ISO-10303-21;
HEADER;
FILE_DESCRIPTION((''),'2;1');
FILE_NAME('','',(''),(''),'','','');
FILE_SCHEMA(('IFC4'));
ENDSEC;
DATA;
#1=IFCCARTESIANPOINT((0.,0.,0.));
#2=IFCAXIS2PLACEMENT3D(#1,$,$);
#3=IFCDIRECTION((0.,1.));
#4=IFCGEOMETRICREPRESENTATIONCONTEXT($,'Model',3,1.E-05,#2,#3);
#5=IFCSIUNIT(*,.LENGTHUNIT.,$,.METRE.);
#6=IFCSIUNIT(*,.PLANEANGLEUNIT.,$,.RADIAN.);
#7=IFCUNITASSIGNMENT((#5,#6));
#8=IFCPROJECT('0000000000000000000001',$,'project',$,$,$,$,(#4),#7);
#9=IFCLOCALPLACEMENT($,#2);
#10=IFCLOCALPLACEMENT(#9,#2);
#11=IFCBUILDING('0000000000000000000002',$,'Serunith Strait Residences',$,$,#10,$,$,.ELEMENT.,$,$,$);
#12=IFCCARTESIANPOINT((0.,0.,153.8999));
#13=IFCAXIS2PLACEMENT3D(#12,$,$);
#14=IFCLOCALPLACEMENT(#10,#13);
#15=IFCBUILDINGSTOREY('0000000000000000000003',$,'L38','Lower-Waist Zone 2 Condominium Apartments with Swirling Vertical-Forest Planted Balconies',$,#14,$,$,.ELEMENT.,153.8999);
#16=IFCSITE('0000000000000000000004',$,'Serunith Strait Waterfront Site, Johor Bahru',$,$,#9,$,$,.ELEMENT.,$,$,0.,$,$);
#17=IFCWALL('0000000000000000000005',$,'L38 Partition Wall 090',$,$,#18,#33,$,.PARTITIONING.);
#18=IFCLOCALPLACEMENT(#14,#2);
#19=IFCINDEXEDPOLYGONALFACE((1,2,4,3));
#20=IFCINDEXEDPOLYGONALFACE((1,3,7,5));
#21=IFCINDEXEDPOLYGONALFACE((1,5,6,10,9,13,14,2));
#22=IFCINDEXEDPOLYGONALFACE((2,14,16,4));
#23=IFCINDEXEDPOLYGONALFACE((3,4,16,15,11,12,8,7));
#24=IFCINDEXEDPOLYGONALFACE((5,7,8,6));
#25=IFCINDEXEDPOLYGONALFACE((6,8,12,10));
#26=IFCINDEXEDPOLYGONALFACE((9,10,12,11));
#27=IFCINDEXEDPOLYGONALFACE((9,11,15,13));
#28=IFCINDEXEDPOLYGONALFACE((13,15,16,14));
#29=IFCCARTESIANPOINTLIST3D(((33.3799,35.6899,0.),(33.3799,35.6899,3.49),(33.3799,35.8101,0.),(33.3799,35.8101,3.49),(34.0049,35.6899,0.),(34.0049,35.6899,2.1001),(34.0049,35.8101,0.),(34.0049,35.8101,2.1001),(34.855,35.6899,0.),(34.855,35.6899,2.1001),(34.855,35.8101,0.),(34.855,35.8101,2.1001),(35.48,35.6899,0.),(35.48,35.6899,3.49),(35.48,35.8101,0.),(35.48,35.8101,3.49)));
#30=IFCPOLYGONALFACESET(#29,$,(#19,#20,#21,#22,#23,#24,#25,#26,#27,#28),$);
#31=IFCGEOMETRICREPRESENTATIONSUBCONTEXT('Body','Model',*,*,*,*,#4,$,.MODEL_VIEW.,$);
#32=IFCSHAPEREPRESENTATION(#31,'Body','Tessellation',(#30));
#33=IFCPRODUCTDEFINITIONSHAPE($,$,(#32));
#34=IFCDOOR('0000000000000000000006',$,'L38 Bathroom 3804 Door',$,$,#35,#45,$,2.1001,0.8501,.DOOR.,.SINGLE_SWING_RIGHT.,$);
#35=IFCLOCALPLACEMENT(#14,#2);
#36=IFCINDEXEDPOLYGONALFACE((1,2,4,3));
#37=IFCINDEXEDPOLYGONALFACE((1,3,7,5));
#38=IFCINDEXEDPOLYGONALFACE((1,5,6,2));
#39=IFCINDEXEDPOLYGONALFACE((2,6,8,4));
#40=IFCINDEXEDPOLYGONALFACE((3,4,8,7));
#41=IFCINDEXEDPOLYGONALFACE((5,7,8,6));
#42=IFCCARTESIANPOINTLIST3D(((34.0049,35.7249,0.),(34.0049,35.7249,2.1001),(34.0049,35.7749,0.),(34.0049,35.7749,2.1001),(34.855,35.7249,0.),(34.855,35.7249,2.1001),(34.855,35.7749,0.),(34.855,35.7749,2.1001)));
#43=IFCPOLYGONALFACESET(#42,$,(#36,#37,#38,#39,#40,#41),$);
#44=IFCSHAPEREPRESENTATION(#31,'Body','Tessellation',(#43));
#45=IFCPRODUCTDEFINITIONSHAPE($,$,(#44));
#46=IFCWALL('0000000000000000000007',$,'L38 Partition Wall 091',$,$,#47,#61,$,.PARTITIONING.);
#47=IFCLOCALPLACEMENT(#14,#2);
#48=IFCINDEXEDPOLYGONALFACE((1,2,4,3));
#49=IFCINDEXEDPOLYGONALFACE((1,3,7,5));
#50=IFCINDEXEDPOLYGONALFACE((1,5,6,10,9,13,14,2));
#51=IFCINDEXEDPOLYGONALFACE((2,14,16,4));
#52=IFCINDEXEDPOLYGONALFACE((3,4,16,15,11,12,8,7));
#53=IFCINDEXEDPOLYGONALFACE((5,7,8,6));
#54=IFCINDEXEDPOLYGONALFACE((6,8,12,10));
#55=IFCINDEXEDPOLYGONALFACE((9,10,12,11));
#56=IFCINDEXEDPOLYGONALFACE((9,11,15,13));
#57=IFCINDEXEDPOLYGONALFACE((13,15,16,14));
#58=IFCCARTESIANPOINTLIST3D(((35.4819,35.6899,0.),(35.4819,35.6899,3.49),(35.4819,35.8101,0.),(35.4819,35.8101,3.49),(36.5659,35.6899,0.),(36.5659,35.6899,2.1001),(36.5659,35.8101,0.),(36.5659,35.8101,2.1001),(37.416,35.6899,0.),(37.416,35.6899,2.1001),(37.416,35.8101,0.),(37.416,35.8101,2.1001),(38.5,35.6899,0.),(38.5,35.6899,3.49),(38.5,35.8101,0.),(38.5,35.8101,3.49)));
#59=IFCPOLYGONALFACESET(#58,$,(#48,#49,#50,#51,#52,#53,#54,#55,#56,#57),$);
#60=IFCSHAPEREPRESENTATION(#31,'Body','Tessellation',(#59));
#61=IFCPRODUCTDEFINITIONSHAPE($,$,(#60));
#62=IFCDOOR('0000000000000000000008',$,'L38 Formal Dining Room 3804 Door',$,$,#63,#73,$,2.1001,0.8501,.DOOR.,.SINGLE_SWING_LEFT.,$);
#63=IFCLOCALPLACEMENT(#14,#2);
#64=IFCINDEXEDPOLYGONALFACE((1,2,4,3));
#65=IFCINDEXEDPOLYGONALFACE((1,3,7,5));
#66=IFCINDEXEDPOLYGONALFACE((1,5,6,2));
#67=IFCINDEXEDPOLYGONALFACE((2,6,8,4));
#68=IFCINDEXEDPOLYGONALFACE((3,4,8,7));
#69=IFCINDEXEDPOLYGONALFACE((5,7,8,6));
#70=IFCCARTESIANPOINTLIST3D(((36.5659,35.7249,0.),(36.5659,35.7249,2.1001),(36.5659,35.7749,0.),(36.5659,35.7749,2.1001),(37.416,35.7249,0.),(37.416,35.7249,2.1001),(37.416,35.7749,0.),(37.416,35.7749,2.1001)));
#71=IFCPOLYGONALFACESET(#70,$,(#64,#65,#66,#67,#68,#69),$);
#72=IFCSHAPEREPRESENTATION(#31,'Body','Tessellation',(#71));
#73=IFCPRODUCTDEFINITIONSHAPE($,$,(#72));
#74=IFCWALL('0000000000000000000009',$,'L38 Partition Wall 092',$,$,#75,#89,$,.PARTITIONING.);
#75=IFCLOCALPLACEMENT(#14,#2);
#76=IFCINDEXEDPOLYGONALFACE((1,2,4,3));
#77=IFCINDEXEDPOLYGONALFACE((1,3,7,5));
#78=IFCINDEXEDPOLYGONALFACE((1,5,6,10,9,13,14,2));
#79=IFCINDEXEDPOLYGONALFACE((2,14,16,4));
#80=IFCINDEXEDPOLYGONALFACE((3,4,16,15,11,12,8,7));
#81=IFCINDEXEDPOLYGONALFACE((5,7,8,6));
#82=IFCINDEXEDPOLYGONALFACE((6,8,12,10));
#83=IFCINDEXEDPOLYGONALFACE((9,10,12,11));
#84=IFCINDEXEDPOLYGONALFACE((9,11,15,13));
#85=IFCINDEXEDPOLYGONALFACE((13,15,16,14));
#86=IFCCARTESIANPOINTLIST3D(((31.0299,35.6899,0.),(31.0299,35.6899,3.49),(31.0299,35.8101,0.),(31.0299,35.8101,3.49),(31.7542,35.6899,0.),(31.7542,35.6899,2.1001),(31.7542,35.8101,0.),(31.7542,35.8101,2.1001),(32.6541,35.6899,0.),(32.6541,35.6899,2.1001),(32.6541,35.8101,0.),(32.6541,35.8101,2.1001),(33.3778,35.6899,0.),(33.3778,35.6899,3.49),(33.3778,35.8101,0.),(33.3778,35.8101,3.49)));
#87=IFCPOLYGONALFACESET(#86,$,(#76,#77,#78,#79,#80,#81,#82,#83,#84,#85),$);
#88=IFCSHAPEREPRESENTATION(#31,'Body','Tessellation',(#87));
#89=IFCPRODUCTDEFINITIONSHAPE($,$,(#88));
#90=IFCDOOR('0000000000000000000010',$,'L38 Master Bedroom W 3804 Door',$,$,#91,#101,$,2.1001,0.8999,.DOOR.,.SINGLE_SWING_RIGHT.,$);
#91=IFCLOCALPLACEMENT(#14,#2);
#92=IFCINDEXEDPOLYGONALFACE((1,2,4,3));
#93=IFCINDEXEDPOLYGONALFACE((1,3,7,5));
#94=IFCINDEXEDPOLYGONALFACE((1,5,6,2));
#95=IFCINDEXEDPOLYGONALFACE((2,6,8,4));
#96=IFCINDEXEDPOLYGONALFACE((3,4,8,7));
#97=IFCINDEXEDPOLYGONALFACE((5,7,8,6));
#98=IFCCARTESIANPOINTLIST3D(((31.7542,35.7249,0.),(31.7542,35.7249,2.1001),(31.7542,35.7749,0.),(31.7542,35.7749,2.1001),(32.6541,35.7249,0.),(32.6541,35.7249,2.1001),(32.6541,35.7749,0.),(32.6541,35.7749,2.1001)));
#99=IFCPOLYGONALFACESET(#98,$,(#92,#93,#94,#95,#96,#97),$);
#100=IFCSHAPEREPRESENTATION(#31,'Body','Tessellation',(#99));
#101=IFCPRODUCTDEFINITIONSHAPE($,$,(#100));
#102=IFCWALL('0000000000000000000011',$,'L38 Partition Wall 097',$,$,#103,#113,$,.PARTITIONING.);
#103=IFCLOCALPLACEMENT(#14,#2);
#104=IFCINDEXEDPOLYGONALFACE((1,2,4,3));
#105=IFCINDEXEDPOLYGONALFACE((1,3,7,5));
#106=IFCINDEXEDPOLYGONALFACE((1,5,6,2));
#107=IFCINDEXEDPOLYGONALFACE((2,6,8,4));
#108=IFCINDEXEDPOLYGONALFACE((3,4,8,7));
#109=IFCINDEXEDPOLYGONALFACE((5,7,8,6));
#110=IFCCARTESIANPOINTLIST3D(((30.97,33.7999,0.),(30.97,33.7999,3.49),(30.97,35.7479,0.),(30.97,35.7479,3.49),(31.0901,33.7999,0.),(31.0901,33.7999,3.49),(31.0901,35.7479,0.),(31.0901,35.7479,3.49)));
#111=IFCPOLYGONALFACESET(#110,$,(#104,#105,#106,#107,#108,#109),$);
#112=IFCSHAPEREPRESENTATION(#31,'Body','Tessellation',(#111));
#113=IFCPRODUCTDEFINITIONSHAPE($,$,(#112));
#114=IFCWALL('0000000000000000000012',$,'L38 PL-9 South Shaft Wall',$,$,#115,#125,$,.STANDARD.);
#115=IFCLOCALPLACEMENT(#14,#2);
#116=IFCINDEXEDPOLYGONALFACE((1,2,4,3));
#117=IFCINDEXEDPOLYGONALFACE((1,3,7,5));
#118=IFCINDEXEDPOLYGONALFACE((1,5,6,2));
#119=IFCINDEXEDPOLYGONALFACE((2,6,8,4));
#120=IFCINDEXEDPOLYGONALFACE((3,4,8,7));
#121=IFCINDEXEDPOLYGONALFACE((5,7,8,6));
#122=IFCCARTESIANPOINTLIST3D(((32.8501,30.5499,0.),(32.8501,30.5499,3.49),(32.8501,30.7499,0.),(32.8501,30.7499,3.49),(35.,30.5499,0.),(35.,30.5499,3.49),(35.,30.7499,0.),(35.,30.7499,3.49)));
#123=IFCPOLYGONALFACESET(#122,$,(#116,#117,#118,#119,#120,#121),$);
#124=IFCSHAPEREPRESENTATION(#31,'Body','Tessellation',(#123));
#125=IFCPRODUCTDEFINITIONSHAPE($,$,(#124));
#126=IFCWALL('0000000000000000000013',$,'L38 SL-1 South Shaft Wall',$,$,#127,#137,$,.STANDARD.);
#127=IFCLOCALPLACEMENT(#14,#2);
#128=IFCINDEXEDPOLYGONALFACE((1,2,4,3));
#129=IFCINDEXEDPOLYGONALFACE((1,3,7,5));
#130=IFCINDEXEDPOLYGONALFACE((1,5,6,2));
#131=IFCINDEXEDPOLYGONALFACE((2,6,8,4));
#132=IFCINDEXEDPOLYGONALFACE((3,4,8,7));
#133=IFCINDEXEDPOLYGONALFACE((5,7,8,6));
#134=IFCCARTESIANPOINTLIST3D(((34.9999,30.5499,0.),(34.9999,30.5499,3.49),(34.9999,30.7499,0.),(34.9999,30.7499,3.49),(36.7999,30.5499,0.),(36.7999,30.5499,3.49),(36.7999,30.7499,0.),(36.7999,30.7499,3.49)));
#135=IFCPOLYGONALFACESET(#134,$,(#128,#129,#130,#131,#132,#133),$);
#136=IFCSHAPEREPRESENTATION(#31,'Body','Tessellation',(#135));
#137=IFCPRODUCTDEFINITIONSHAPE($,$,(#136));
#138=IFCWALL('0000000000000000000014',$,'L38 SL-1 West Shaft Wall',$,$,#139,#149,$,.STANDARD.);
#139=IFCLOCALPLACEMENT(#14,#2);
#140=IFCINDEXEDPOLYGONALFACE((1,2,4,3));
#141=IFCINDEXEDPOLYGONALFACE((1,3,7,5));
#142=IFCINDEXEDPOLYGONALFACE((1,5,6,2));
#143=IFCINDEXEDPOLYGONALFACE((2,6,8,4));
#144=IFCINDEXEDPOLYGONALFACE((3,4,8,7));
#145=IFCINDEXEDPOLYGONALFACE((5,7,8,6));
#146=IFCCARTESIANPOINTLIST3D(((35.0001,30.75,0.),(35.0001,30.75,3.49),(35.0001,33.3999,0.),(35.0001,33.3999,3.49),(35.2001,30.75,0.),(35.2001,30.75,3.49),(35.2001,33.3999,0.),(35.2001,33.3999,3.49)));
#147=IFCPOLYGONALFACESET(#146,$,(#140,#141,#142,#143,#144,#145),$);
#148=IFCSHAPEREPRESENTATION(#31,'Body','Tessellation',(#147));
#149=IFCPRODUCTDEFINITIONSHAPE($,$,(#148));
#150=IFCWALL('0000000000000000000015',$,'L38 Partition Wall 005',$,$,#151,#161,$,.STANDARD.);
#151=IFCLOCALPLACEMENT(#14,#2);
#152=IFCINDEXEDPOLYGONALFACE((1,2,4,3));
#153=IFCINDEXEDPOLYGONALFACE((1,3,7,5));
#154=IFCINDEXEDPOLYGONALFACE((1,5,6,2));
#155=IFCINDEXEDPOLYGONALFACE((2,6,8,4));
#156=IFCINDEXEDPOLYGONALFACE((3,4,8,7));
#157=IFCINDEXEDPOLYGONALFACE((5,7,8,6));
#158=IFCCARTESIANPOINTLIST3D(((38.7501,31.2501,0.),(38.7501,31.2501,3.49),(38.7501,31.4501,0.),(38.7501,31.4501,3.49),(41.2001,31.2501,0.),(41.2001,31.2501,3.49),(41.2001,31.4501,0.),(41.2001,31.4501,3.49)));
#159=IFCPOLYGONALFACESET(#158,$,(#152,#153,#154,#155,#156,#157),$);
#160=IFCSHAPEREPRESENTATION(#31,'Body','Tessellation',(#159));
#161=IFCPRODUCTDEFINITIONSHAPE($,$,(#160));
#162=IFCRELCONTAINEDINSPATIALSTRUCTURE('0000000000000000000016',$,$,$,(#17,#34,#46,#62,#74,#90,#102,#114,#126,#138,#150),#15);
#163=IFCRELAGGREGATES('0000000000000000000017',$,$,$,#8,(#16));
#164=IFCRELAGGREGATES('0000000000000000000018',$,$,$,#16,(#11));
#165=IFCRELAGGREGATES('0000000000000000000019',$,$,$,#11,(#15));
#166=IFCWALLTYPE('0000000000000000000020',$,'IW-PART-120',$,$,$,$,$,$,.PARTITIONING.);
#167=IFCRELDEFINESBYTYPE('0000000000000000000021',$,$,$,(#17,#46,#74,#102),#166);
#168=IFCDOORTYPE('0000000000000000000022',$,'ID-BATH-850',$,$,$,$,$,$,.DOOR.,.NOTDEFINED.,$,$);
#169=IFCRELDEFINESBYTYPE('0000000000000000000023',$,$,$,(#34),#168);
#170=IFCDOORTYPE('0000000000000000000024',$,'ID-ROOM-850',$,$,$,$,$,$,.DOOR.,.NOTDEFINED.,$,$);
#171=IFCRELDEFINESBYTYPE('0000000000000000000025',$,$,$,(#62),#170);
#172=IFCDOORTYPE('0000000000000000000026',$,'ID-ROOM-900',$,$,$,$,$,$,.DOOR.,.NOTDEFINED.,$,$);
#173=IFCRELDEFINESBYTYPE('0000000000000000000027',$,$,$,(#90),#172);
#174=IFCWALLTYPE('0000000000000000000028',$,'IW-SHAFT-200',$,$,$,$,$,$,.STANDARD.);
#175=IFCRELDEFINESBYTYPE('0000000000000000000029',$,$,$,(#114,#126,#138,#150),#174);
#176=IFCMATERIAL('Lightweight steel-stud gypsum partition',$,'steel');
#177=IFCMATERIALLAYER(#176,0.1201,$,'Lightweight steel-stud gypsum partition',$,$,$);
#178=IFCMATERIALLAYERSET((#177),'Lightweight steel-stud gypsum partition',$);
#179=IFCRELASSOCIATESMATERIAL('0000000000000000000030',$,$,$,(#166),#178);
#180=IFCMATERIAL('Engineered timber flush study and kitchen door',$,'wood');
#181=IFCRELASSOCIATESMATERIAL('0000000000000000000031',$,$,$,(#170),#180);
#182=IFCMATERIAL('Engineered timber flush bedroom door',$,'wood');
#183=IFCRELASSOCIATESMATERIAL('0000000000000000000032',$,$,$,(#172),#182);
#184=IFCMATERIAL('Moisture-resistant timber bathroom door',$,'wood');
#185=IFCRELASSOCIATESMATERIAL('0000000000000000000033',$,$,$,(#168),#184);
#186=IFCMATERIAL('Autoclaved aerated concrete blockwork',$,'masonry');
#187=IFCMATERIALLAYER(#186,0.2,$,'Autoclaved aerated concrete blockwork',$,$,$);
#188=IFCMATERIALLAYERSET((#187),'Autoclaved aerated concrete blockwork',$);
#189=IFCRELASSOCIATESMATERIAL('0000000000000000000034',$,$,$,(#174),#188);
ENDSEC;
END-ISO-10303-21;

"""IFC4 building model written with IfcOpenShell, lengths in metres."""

from ifc_helpers import new_model, si_unit, direction, frame, frame_2d, origin, place, context, subcontext, project, spatial, rectangle, extrude, source, transform, mapped, material, layer, layer_set, type_object, element, fill, save


model = new_model("IFC4")

# Units and contexts
model_context = context("Model", 3, precision=1e-05, world=origin(), true_north=direction((0.0, 1.0)))
body_context = subcontext(model_context, "Body", "Model", "MODEL_VIEW")
ifc_project = project(units=[si_unit("LENGTHUNIT", "METRE"), si_unit("PLANEANGLEUNIT", "RADIAN")], contexts=[model_context])

# Site, building, storey
site_placement = place(None, origin())
site = spatial("IfcSite", under=ifc_project, at=site_placement, Name="Serunith Strait Waterfront Site, Johor Bahru", CompositionType="ELEMENT", RefElevation=0.0)
building_placement = place(site_placement, origin())
building = spatial("IfcBuilding", under=site, at=building_placement, Name="Serunith Strait Residences", CompositionType="ELEMENT")
storey_placement = place(building_placement, frame((0.0, 0.0, 153.8999)))
storey = spatial("IfcBuildingStorey", under=building, at=storey_placement, Name="L38", Description="Lower-Waist Zone 2 Condominium Apartments with Swirling Vertical-Forest Planted Balconies", CompositionType="ELEMENT", Elevation=153.8999)

# Walls, openings, doors
shared_shape_1 = source(origin(), body_context, "Body", "SweptSolid", [
    extrude(rectangle(XDim=0.8501, YDim=2.1001, at=frame_2d((0.425, 1.05))), frame((0.0, 0.0249, 0.0), z_axis=(0.0, -1.0, 0.0), x_axis=(1.0, 0.0, 0.0)), (0.0, 0.0, 1.0), 0.05),
])
ifc_material_1 = material(Name="Lightweight steel-stud gypsum partition", Category="steel")
ifc_layer_1 = layer(ifc_material_1, 0.1201, Name="Lightweight steel-stud gypsum partition")
ifc_layer_set_1 = layer_set([ifc_layer_1], Name="Lightweight steel-stud gypsum partition")
wall_type_1 = type_object("IfcWallType", Name="IW-PART-120", PredefinedType="PARTITIONING", material=ifc_layer_set_1)
ifc_material_2 = material(Name="Engineered timber flush study and kitchen door", Category="wood")
door_type_1 = type_object("IfcDoorType", Name="ID-ROOM-850", OperationType="NOTDEFINED", PredefinedType="DOOR", material=ifc_material_2)
ifc_material_3 = material(Name="Engineered timber flush bedroom door", Category="wood")
door_type_2 = type_object("IfcDoorType", Name="ID-ROOM-900", OperationType="NOTDEFINED", PredefinedType="DOOR", material=ifc_material_3)
shared_shape_2 = source(origin(), body_context, "Body", "SweptSolid", [
    extrude(rectangle(XDim=0.8999, YDim=2.1001, at=frame_2d((0.45, 1.05))), frame((0.0, 0.0249, 0.0), z_axis=(0.0, -1.0, 0.0), x_axis=(1.0, 0.0, 0.0)), (0.0, 0.0, 1.0), 0.05),
])
wall_1_placement = place(storey_placement, frame((33.3799, 35.75, 0.0), z_axis=(0.0, 0.0, 1.0), x_axis=(1.0, 0.0, 0.0)))
wall_1 = element("IfcWall", 1, at=wall_1_placement, inside=storey, type_object=wall_type_1, Name="L38 Partition Wall 090", PredefinedType="PARTITIONING", context=body_context, shape_type="SweptSolid", body=[
    extrude(rectangle(XDim=2.1001, YDim=0.1201, at=frame_2d((1.05, 0.0))), origin(), (0.0, 0.0, 1.0), 3.49),
])
opening_1_placement = place(wall_1_placement, frame((0.625, 0.0, 0.0)))
opening_1 = element("IfcOpeningElement", 2, at=opening_1_placement, cuts=wall_1, PredefinedType="OPENING", context=body_context, shape_type="SweptSolid", body=[
    extrude(rectangle(XDim=0.8501, YDim=2.1001, at=frame_2d((0.425, 1.05))), frame((0.0, 0.0701, 0.0), z_axis=(0.0, -1.0, 0.0), x_axis=(1.0, 0.0, 0.0)), (0.0, 0.0, 1.0), 0.1401),
])
ifc_material_4 = material(Name="Moisture-resistant timber bathroom door", Category="wood")
door_type_3 = type_object("IfcDoorType", Name="ID-BATH-850", OperationType="NOTDEFINED", PredefinedType="DOOR", material=ifc_material_4)
door_1_placement = place(opening_1_placement, origin())
door_1 = element("IfcDoor", 3, at=door_1_placement, inside=storey, type_object=door_type_3, Name="L38 Bathroom 3804 Door", OperationType="SINGLE_SWING_RIGHT", OverallHeight=2.1001, OverallWidth=0.8501, PredefinedType="DOOR", context=body_context, shape_type="MappedRepresentation", body=[
    mapped(shared_shape_1, transform((0.0, 0.0, 0.0), scale=1.0)),
])
fill(opening_1, door_1)
wall_2_placement = place(storey_placement, frame((35.4819, 35.75, 0.0), z_axis=(0.0, 0.0, 1.0), x_axis=(1.0, 0.0, 0.0)))
wall_2 = element("IfcWall", 4, at=wall_2_placement, inside=storey, type_object=wall_type_1, Name="L38 Partition Wall 091", PredefinedType="PARTITIONING", context=body_context, shape_type="SweptSolid", body=[
    extrude(rectangle(XDim=3.0181, YDim=0.1201, at=frame_2d((1.509, 0.0))), origin(), (0.0, 0.0, 1.0), 3.49),
])
opening_2_placement = place(wall_2_placement, frame((1.084, 0.0, 0.0)))
opening_2 = element("IfcOpeningElement", 5, at=opening_2_placement, cuts=wall_2, PredefinedType="OPENING", context=body_context, shape_type="SweptSolid", body=[
    extrude(rectangle(XDim=0.8501, YDim=2.1001, at=frame_2d((0.425, 1.05))), frame((0.0, 0.0701, 0.0), z_axis=(0.0, -1.0, 0.0), x_axis=(1.0, 0.0, 0.0)), (0.0, 0.0, 1.0), 0.1401),
])
door_2_placement = place(opening_2_placement, origin())
door_2 = element("IfcDoor", 6, at=door_2_placement, inside=storey, type_object=door_type_1, Name="L38 Formal Dining Room 3804 Door", OperationType="SINGLE_SWING_LEFT", OverallHeight=2.1001, OverallWidth=0.8501, PredefinedType="DOOR", context=body_context, shape_type="MappedRepresentation", body=[
    mapped(shared_shape_1, transform((0.0, 0.0, 0.0), scale=1.0)),
])
fill(opening_2, door_2)
wall_3_placement = place(storey_placement, frame((31.03, 35.75, 0.0), z_axis=(0.0, 0.0, 1.0), x_axis=(1.0, 0.0, 0.0)))
wall_3 = element("IfcWall", 7, at=wall_3_placement, inside=storey, type_object=wall_type_1, Name="L38 Partition Wall 092", PredefinedType="PARTITIONING", context=body_context, shape_type="SweptSolid", body=[
    extrude(rectangle(XDim=2.3479, YDim=0.1201, at=frame_2d((1.1738, 0.0))), origin(), (0.0, 0.0, 1.0), 3.49),
])
opening_3_placement = place(wall_3_placement, frame((0.7241, 0.0, 0.0)))
opening_3 = element("IfcOpeningElement", 8, at=opening_3_placement, cuts=wall_3, PredefinedType="OPENING", context=body_context, shape_type="SweptSolid", body=[
    extrude(rectangle(XDim=0.8999, YDim=2.1001, at=frame_2d((0.45, 1.05))), frame((0.0, 0.0701, 0.0), z_axis=(0.0, -1.0, 0.0), x_axis=(1.0, 0.0, 0.0)), (0.0, 0.0, 1.0), 0.1401),
])
door_3_placement = place(opening_3_placement, origin())
door_3 = element("IfcDoor", 9, at=door_3_placement, inside=storey, type_object=door_type_2, Name="L38 Master Bedroom W 3804 Door", OperationType="SINGLE_SWING_RIGHT", OverallHeight=2.1001, OverallWidth=0.8999, PredefinedType="DOOR", context=body_context, shape_type="MappedRepresentation", body=[
    mapped(shared_shape_2, transform((0.0, 0.0, 0.0), scale=1.0)),
])
fill(opening_3, door_3)

# Walls
wall_4_placement = place(storey_placement, frame((31.03, 35.748, 0.0), z_axis=(0.0, 0.0, 1.0), x_axis=(0.0, -1.0, 0.0)))
element("IfcWall", 10, at=wall_4_placement, inside=storey, type_object=wall_type_1, Name="L38 Partition Wall 097", PredefinedType="PARTITIONING", context=body_context, shape_type="SweptSolid", body=[
    extrude(rectangle(XDim=1.948, YDim=0.1201, at=frame_2d((0.9741, 0.0))), origin(), (0.0, 0.0, 1.0), 3.49),
])
ifc_material_5 = material(Name="Autoclaved aerated concrete blockwork", Category="masonry")
ifc_layer_2 = layer(ifc_material_5, 0.2, Name="Autoclaved aerated concrete blockwork")
ifc_layer_set_2 = layer_set([ifc_layer_2], Name="Autoclaved aerated concrete blockwork")
wall_type_2 = type_object("IfcWallType", Name="IW-SHAFT-200", PredefinedType="STANDARD", material=ifc_layer_set_2)
wall_5_placement = place(storey_placement, frame((32.8501, 30.6499, 0.0), z_axis=(0.0, 0.0, 1.0), x_axis=(1.0, 0.0, 0.0)))
element("IfcWall", 11, at=wall_5_placement, inside=storey, type_object=wall_type_2, Name="L38 PL-9 South Shaft Wall", PredefinedType="STANDARD", context=body_context, shape_type="SweptSolid", body=[
    extrude(rectangle(XDim=2.1499, YDim=0.2, at=frame_2d((1.075, 0.0))), origin(), (0.0, 0.0, 1.0), 3.49),
])
wall_6_placement = place(storey_placement, frame((35.0, 30.6499, 0.0), z_axis=(0.0, 0.0, 1.0), x_axis=(1.0, 0.0, 0.0)))
element("IfcWall", 12, at=wall_6_placement, inside=storey, type_object=wall_type_2, Name="L38 SL-1 South Shaft Wall", PredefinedType="STANDARD", context=body_context, shape_type="SweptSolid", body=[
    extrude(rectangle(XDim=1.8, YDim=0.2, at=frame_2d((0.8999, 0.0))), origin(), (0.0, 0.0, 1.0), 3.49),
])
wall_7_placement = place(storey_placement, frame((35.1001, 30.75, 0.0), z_axis=(0.0, 0.0, 1.0), x_axis=(0.0, 1.0, 0.0)))
element("IfcWall", 13, at=wall_7_placement, inside=storey, type_object=wall_type_2, Name="L38 SL-1 West Shaft Wall", PredefinedType="STANDARD", context=body_context, shape_type="SweptSolid", body=[
    extrude(rectangle(XDim=2.6499, YDim=0.2, at=frame_2d((1.325, 0.0))), origin(), (0.0, 0.0, 1.0), 3.49),
])
wall_8_placement = place(storey_placement, frame((38.75, 31.3501, 0.0), z_axis=(0.0, 0.0, 1.0), x_axis=(1.0, 0.0, 0.0)))
element("IfcWall", 14, at=wall_8_placement, inside=storey, type_object=wall_type_2, Name="L38 Partition Wall 005", PredefinedType="STANDARD", context=body_context, shape_type="SweptSolid", body=[
    extrude(rectangle(XDim=2.45, YDim=0.2, at=frame_2d((1.2251, 0.0))), origin(), (0.0, 0.0, 1.0), 3.49),
])

save(model, "model.ifc")
